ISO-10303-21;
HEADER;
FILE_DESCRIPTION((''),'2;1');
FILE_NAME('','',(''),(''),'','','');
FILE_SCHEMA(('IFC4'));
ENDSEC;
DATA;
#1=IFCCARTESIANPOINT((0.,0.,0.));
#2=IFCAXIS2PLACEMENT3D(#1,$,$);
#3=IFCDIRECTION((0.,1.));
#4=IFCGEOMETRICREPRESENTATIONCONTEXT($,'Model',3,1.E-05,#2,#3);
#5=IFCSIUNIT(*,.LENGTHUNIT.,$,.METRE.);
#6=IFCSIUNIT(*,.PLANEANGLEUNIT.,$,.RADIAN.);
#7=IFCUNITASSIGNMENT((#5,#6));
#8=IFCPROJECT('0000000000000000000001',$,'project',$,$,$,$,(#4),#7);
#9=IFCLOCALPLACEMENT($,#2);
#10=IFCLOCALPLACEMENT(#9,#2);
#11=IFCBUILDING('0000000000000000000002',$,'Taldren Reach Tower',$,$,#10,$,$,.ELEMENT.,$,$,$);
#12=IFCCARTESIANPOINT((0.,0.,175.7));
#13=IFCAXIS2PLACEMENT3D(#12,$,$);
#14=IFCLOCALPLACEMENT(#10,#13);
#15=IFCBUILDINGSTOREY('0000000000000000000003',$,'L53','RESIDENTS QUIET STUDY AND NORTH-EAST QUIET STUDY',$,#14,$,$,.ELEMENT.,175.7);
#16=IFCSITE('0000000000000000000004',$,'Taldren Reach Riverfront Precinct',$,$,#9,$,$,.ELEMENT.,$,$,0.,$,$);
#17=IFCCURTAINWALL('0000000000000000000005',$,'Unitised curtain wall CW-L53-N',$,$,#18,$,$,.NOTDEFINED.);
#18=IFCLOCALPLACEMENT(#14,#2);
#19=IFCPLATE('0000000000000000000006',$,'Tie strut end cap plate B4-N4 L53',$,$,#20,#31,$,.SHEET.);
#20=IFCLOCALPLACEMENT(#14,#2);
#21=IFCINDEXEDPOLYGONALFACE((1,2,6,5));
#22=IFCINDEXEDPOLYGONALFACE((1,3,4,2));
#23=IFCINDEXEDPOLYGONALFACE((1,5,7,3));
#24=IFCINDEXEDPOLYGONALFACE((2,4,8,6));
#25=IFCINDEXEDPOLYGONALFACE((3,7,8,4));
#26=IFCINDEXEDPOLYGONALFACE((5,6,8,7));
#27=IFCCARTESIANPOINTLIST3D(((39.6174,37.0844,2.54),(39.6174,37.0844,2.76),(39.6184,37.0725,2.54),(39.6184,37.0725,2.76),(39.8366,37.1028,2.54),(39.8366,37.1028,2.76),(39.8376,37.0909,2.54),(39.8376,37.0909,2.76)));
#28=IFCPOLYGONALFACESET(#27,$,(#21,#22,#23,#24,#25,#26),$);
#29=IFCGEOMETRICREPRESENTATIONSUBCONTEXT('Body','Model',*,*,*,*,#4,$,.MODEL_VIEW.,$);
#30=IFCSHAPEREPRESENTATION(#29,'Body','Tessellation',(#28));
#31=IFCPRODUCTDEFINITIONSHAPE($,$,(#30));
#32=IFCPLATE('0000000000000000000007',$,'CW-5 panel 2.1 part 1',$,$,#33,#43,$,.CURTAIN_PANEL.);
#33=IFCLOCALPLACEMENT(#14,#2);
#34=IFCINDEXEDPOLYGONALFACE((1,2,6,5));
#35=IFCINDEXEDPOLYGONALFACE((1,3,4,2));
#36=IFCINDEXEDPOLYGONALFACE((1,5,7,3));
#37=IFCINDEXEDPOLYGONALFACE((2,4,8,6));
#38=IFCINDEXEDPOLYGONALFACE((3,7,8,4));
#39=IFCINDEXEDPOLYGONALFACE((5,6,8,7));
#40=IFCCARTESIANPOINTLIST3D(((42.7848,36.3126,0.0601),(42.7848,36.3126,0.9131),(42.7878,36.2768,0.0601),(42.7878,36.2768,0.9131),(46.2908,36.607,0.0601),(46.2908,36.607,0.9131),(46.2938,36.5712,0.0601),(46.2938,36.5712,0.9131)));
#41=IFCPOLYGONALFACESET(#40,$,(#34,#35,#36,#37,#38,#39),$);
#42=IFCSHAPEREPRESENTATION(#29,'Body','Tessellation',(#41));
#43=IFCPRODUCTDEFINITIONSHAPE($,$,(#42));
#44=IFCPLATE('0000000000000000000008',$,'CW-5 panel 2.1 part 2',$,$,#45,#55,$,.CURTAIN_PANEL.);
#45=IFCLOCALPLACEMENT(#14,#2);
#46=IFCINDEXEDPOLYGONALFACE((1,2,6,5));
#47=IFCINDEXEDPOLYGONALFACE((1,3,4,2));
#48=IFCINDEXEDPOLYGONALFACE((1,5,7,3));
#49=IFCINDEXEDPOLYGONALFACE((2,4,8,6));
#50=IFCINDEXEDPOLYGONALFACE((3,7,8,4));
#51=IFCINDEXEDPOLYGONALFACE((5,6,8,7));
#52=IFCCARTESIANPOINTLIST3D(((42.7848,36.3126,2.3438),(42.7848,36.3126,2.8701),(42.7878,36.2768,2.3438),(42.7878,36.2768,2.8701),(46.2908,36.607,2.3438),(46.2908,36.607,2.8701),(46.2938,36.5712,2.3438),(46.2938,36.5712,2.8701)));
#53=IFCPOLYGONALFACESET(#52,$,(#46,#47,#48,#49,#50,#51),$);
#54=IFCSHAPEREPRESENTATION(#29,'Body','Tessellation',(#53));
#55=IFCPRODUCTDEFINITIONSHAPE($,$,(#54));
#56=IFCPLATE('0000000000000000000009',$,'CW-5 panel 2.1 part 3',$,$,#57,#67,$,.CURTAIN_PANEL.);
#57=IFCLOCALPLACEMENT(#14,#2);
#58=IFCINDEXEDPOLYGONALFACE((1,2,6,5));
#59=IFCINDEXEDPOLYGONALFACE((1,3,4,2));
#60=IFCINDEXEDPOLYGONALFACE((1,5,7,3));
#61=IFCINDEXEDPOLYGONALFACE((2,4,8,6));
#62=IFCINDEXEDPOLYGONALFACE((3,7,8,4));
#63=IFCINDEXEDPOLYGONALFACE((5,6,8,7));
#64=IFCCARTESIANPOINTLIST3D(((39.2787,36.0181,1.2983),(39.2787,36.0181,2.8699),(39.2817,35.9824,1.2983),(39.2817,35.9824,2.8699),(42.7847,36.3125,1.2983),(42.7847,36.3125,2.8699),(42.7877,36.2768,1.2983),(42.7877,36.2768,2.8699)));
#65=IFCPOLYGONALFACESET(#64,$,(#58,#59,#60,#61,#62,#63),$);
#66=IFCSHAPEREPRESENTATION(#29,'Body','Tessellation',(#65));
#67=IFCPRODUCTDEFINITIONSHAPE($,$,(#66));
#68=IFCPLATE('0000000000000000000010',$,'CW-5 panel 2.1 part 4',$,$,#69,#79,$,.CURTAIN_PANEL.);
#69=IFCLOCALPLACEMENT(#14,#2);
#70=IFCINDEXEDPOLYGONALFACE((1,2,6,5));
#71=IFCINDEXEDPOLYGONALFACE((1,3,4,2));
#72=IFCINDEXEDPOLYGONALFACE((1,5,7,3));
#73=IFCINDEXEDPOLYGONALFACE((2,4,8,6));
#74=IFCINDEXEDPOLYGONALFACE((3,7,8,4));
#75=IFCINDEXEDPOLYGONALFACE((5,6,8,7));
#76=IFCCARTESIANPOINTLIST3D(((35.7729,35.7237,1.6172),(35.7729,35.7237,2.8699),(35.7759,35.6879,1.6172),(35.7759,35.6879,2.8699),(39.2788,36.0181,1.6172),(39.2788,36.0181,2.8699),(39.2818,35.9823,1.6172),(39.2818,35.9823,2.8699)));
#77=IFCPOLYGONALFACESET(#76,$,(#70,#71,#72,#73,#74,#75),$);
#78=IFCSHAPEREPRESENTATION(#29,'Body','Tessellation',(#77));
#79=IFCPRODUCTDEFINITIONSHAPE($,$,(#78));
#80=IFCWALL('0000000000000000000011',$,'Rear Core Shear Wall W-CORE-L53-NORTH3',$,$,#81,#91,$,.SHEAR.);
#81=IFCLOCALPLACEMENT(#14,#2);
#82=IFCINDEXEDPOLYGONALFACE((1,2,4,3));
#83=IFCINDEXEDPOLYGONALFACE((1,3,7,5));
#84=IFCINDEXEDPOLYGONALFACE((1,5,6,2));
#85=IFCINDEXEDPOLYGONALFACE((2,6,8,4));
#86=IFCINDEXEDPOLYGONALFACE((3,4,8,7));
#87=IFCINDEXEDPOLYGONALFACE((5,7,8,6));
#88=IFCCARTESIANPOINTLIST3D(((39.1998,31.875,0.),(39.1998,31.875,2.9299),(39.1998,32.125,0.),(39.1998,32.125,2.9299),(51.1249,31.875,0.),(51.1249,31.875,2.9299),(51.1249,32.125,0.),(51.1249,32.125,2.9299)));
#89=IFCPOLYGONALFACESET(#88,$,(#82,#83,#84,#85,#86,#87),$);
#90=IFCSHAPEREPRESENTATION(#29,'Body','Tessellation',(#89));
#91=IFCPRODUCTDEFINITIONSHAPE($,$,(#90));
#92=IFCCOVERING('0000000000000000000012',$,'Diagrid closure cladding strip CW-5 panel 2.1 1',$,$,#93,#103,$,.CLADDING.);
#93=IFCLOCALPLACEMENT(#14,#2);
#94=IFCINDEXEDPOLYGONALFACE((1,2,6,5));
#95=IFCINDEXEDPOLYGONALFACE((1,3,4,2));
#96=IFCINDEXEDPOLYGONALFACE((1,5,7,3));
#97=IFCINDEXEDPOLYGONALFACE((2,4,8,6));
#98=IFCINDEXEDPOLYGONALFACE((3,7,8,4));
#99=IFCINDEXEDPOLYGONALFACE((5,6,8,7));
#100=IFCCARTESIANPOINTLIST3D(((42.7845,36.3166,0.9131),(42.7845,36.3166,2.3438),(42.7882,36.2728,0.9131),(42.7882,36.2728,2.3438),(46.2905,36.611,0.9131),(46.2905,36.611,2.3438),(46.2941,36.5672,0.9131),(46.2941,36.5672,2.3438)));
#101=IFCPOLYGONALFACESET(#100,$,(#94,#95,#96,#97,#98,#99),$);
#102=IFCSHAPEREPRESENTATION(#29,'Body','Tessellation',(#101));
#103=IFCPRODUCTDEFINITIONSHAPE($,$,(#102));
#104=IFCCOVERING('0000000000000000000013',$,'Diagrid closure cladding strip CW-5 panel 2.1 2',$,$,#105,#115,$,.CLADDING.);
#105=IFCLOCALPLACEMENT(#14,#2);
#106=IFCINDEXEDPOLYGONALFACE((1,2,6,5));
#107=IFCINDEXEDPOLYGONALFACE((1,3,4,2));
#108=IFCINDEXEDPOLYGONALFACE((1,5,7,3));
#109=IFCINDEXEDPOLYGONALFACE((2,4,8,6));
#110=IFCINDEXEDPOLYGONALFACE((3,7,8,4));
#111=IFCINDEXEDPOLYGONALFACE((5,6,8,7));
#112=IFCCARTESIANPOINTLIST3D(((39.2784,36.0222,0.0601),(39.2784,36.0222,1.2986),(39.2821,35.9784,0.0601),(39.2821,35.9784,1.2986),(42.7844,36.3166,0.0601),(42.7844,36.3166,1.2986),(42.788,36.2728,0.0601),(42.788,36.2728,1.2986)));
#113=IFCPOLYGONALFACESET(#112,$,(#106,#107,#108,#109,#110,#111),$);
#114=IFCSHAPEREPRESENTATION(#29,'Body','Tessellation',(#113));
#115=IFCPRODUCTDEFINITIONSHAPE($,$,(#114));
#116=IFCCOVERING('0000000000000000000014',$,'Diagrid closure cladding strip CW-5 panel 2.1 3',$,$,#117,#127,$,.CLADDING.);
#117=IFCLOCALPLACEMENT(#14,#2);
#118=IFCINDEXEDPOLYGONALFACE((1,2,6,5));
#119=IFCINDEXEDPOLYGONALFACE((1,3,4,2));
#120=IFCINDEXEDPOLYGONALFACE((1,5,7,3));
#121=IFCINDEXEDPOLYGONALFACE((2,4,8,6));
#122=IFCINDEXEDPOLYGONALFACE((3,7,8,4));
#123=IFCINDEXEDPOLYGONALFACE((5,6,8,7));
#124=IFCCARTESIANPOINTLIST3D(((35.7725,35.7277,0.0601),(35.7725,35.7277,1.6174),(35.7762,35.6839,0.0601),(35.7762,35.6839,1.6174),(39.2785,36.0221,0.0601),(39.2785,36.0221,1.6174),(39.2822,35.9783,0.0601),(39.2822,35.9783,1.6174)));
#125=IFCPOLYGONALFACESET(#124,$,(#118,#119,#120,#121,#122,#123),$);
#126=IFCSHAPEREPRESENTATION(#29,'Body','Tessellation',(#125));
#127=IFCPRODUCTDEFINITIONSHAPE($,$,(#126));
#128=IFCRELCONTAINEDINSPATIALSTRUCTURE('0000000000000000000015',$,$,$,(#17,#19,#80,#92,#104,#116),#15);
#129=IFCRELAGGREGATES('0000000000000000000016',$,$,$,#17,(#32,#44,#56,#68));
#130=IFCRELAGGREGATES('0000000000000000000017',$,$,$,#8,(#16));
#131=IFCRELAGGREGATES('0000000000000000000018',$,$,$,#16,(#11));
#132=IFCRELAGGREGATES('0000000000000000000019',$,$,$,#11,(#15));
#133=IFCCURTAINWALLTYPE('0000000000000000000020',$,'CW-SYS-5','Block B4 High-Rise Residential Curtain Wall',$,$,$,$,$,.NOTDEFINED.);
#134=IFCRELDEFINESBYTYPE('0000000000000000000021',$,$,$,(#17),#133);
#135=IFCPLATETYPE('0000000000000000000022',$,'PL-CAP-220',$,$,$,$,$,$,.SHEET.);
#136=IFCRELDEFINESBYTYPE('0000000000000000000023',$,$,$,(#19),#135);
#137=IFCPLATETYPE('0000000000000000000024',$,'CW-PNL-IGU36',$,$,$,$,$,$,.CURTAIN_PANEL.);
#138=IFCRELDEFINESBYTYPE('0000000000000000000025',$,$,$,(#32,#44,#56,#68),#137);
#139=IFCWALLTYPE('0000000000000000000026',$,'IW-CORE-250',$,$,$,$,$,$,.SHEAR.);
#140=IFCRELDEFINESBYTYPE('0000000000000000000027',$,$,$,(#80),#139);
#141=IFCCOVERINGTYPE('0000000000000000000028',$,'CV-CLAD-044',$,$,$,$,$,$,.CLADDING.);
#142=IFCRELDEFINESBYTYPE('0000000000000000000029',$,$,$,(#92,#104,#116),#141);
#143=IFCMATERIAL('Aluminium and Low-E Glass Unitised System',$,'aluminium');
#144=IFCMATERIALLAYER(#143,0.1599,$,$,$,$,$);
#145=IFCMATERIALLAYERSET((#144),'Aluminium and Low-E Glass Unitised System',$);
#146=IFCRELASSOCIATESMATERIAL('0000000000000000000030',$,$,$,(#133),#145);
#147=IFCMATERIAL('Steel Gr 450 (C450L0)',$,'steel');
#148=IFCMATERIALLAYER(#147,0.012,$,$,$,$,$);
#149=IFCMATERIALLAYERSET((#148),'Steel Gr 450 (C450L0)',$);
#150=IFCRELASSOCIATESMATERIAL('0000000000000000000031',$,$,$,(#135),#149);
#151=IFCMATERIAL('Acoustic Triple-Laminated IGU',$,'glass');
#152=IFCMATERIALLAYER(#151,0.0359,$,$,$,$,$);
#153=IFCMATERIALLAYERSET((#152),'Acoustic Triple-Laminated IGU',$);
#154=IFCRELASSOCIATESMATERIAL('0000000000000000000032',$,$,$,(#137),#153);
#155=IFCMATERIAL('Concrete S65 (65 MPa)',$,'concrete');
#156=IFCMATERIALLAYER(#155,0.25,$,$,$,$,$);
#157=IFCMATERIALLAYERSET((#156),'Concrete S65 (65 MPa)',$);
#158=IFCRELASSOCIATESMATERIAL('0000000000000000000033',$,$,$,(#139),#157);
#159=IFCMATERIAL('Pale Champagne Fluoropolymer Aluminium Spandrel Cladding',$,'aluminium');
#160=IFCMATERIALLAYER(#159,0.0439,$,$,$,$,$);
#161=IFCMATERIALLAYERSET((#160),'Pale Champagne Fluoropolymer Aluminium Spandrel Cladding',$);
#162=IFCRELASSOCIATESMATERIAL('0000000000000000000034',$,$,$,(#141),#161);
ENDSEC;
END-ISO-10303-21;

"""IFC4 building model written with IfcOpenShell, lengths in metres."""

from ifc_helpers import new_model, si_unit, direction, frame, frame_2d, origin, origin_2d, place, context, subcontext, project, spatial, rectangle, extrude, source, transform, mapped, material, layer, layer_set, type_object, element, aggregate, save


model = new_model("IFC4")

# Units and contexts
model_context = context("Model", 3, precision=1e-05, world=origin(), true_north=direction((0.0, 1.0)))
body_context = subcontext(model_context, "Body", "Model", "MODEL_VIEW")
ifc_project = project(units=[si_unit("LENGTHUNIT", "METRE"), si_unit("PLANEANGLEUNIT", "RADIAN")], contexts=[model_context])

# Site, building, storey
site_placement = place(None, origin())
site = spatial("IfcSite", under=ifc_project, at=site_placement, Name="Taldren Reach Riverfront Precinct", CompositionType="ELEMENT", RefElevation=0.0)
building_placement = place(site_placement, origin())
building = spatial("IfcBuilding", under=site, at=building_placement, Name="Taldren Reach Tower", CompositionType="ELEMENT")
storey_placement = place(building_placement, frame((0.0, 0.0, 175.7)))
storey = spatial("IfcBuildingStorey", under=building, at=storey_placement, Name="L53", Description="RESIDENTS QUIET STUDY AND NORTH-EAST QUIET STUDY", CompositionType="ELEMENT", Elevation=175.7)

# Shared definitions
ifc_material_1 = material(Name="Steel Gr 450 (C450L0)", Category="steel")

# Curtain wall
ifc_material_2 = material(Name="Aluminium and Low-E Glass Unitised System", Category="aluminium")
ifc_layer_1 = layer(ifc_material_2, 0.1599)
ifc_layer_set_1 = layer_set([ifc_layer_1], Name="Aluminium and Low-E Glass Unitised System")
curtain_wall_type = type_object("IfcCurtainWallType", Name="CW-SYS-5", Description="Block B4 High-Rise Residential Curtain Wall", PredefinedType="NOTDEFINED", material=ifc_layer_set_1)
curtain_wall_placement = place(storey_placement, origin())
curtain_wall = element("IfcCurtainWall", 1, at=curtain_wall_placement, inside=storey, type_object=curtain_wall_type, Name="Unitised curtain wall CW-L53-N", PredefinedType="NOTDEFINED")

# Plates
ifc_layer_2 = layer(ifc_material_1, 0.012)
ifc_layer_set_2 = layer_set([ifc_layer_2], Name="Steel Gr 450 (C450L0)")
plate_type_1 = type_object("IfcPlateType", Name="PL-CAP-220", PredefinedType="SHEET", material=ifc_layer_set_2)
shared_shape_1 = source(origin(), body_context, "Body", "SweptSolid", [
    extrude(rectangle(XDim=0.22, YDim=0.012, at=origin_2d()), origin(), (0.0, 0.0, 1.0), 0.22),
])
plate_1_placement = place(storey_placement, frame((39.7275, 37.0876, 2.54), z_axis=(0.0, 0.0, 1.0), x_axis=(0.996493, 0.083678, 0.0)))
element("IfcPlate", 2, at=plate_1_placement, inside=storey, type_object=plate_type_1, Name="Tie strut end cap plate B4-N4 L53", PredefinedType="SHEET", context=body_context, shape_type="MappedRepresentation", body=[
    mapped(shared_shape_1, transform((0.0, 0.0, 0.0), scale=1.0)),
])
ifc_material_3 = material(Name="Acoustic Triple-Laminated IGU", Category="glass")
ifc_layer_3 = layer(ifc_material_3, 0.0359)
ifc_layer_set_3 = layer_set([ifc_layer_3], Name="Acoustic Triple-Laminated IGU")
plate_type_2 = type_object("IfcPlateType", Name="CW-PNL-IGU36", PredefinedType="CURTAIN_PANEL", material=ifc_layer_set_3)
shared_shape_2 = source(origin(), body_context, "Body", "SweptSolid", [
    extrude(rectangle(XDim=3.5183, YDim=0.0359, at=origin_2d()), origin(), (0.0, 0.0, 1.0), 0.853),
])
plate_2_placement = place(storey_placement, frame((44.5393, 36.4419, 0.0601), z_axis=(0.0, 0.0, 1.0), x_axis=(-0.996493, -0.083678, 0.0)))
plate_2 = element("IfcPlate", 3, at=plate_2_placement, type_object=plate_type_2, Name="CW-5 panel 2.1 part 1", PredefinedType="CURTAIN_PANEL", context=body_context, shape_type="MappedRepresentation", body=[
    mapped(shared_shape_2, transform((0.0, 0.0, 0.0), scale=1.0)),
])
shared_shape_3 = source(origin(), body_context, "Body", "SweptSolid", [
    extrude(rectangle(XDim=3.5183, YDim=0.0359, at=origin_2d()), origin(), (0.0, 0.0, 1.0), 0.5264),
])
plate_3_placement = place(storey_placement, frame((44.5393, 36.4419, 2.3438), z_axis=(0.0, 0.0, 1.0), x_axis=(-0.996493, -0.083678, 0.0)))
plate_3 = element("IfcPlate", 4, at=plate_3_placement, type_object=plate_type_2, Name="CW-5 panel 2.1 part 2", PredefinedType="CURTAIN_PANEL", context=body_context, shape_type="MappedRepresentation", body=[
    mapped(shared_shape_3, transform((0.0, 0.0, 0.0), scale=1.0)),
])
shared_shape_4 = source(origin(), body_context, "Body", "SweptSolid", [
    extrude(rectangle(XDim=3.5183, YDim=0.0359, at=origin_2d()), origin(), (0.0, 0.0, 1.0), 1.5715),
])
plate_4_placement = place(storey_placement, frame((41.0332, 36.1475, 1.2983), z_axis=(0.0, 0.0, 1.0), x_axis=(-0.996493, -0.083678, 0.0)))
plate_4 = element("IfcPlate", 5, at=plate_4_placement, type_object=plate_type_2, Name="CW-5 panel 2.1 part 3", PredefinedType="CURTAIN_PANEL", context=body_context, shape_type="MappedRepresentation", body=[
    mapped(shared_shape_4, transform((0.0, 0.0, 0.0), scale=1.0)),
])
shared_shape_5 = source(origin(), body_context, "Body", "SweptSolid", [
    extrude(rectangle(XDim=3.5183, YDim=0.0359, at=origin_2d()), origin(), (0.0, 0.0, 1.0), 1.2527),
])
plate_5_placement = place(storey_placement, frame((37.5273, 35.853, 1.6172), z_axis=(0.0, 0.0, 1.0), x_axis=(-0.996493, -0.083678, 0.0)))
plate_5 = element("IfcPlate", 6, at=plate_5_placement, type_object=plate_type_2, Name="CW-5 panel 2.1 part 4", PredefinedType="CURTAIN_PANEL", context=body_context, shape_type="MappedRepresentation", body=[
    mapped(shared_shape_5, transform((0.0, 0.0, 0.0), scale=1.0)),
])
aggregate(curtain_wall, [plate_2, plate_3, plate_4, plate_5])

# Wall
ifc_material_4 = material(Name="Concrete S65 (65 MPa)", Category="concrete")
ifc_layer_4 = layer(ifc_material_4, 0.25)
ifc_layer_set_4 = layer_set([ifc_layer_4], Name="Concrete S65 (65 MPa)")
wall_type = type_object("IfcWallType", Name="IW-CORE-250", PredefinedType="SHEAR", material=ifc_layer_set_4)
shared_shape_6 = source(origin(), body_context, "Body", "SweptSolid", [
    extrude(rectangle(XDim=11.925, YDim=0.25, at=frame_2d((5.9624, 0.0))), origin(), (0.0, 0.0, 1.0), 2.9299),
])
wall_placement = place(storey_placement, frame((39.2, 32.0, 0.0), z_axis=(0.0, 0.0, 1.0), x_axis=(1.0, 0.0, 0.0)))
element("IfcWall", 7, at=wall_placement, inside=storey, type_object=wall_type, Name="Rear Core Shear Wall W-CORE-L53-NORTH3", PredefinedType="SHEAR", context=body_context, shape_type="MappedRepresentation", body=[
    mapped(shared_shape_6, transform((0.0, 0.0, 0.0), scale=1.0)),
])

# Coverings
ifc_material_5 = material(Name="Pale Champagne Fluoropolymer Aluminium Spandrel Cladding", Category="aluminium")
ifc_layer_5 = layer(ifc_material_5, 0.0439)
ifc_layer_set_5 = layer_set([ifc_layer_5], Name="Pale Champagne Fluoropolymer Aluminium Spandrel Cladding")
covering_type = type_object("IfcCoveringType", Name="CV-CLAD-044", PredefinedType="CLADDING", material=ifc_layer_set_5)
shared_shape_7 = source(origin(), body_context, "Body", "SweptSolid", [
    extrude(rectangle(XDim=3.5183, YDim=0.0439, at=origin_2d()), origin(), (0.0, 0.0, 1.0), 1.4307),
])
covering_1_placement = place(storey_placement, frame((44.5393, 36.4419, 0.9131), z_axis=(0.0, 0.0, 1.0), x_axis=(-0.996493, -0.083678, 0.0)))
element("IfcCovering", 8, at=covering_1_placement, inside=storey, type_object=covering_type, Name="Diagrid closure cladding strip CW-5 panel 2.1 1", PredefinedType="CLADDING", context=body_context, shape_type="MappedRepresentation", body=[
    mapped(shared_shape_7, transform((0.0, 0.0, 0.0), scale=1.0)),
])
shared_shape_8 = source(origin(), body_context, "Body", "SweptSolid", [
    extrude(rectangle(XDim=3.5183, YDim=0.0439, at=origin_2d()), origin(), (0.0, 0.0, 1.0), 1.2385),
])
covering_2_placement = place(storey_placement, frame((41.0332, 36.1475, 0.0601), z_axis=(0.0, 0.0, 1.0), x_axis=(-0.996493, -0.083678, 0.0)))
element("IfcCovering", 9, at=covering_2_placement, inside=storey, type_object=covering_type, Name="Diagrid closure cladding strip CW-5 panel 2.1 2", PredefinedType="CLADDING", context=body_context, shape_type="MappedRepresentation", body=[
    mapped(shared_shape_8, transform((0.0, 0.0, 0.0), scale=1.0)),
])
shared_shape_9 = source(origin(), body_context, "Body", "SweptSolid", [
    extrude(rectangle(XDim=3.5183, YDim=0.0439, at=origin_2d()), origin(), (0.0, 0.0, 1.0), 1.5574),
])
covering_3_placement = place(storey_placement, frame((37.5273, 35.853, 0.0601), z_axis=(0.0, 0.0, 1.0), x_axis=(-0.996493, -0.083678, 0.0)))
element("IfcCovering", 10, at=covering_3_placement, inside=storey, type_object=covering_type, Name="Diagrid closure cladding strip CW-5 panel 2.1 3", PredefinedType="CLADDING", context=body_context, shape_type="MappedRepresentation", body=[
    mapped(shared_shape_9, transform((0.0, 0.0, 0.0), scale=1.0)),
])

save(model, "model.ifc")
